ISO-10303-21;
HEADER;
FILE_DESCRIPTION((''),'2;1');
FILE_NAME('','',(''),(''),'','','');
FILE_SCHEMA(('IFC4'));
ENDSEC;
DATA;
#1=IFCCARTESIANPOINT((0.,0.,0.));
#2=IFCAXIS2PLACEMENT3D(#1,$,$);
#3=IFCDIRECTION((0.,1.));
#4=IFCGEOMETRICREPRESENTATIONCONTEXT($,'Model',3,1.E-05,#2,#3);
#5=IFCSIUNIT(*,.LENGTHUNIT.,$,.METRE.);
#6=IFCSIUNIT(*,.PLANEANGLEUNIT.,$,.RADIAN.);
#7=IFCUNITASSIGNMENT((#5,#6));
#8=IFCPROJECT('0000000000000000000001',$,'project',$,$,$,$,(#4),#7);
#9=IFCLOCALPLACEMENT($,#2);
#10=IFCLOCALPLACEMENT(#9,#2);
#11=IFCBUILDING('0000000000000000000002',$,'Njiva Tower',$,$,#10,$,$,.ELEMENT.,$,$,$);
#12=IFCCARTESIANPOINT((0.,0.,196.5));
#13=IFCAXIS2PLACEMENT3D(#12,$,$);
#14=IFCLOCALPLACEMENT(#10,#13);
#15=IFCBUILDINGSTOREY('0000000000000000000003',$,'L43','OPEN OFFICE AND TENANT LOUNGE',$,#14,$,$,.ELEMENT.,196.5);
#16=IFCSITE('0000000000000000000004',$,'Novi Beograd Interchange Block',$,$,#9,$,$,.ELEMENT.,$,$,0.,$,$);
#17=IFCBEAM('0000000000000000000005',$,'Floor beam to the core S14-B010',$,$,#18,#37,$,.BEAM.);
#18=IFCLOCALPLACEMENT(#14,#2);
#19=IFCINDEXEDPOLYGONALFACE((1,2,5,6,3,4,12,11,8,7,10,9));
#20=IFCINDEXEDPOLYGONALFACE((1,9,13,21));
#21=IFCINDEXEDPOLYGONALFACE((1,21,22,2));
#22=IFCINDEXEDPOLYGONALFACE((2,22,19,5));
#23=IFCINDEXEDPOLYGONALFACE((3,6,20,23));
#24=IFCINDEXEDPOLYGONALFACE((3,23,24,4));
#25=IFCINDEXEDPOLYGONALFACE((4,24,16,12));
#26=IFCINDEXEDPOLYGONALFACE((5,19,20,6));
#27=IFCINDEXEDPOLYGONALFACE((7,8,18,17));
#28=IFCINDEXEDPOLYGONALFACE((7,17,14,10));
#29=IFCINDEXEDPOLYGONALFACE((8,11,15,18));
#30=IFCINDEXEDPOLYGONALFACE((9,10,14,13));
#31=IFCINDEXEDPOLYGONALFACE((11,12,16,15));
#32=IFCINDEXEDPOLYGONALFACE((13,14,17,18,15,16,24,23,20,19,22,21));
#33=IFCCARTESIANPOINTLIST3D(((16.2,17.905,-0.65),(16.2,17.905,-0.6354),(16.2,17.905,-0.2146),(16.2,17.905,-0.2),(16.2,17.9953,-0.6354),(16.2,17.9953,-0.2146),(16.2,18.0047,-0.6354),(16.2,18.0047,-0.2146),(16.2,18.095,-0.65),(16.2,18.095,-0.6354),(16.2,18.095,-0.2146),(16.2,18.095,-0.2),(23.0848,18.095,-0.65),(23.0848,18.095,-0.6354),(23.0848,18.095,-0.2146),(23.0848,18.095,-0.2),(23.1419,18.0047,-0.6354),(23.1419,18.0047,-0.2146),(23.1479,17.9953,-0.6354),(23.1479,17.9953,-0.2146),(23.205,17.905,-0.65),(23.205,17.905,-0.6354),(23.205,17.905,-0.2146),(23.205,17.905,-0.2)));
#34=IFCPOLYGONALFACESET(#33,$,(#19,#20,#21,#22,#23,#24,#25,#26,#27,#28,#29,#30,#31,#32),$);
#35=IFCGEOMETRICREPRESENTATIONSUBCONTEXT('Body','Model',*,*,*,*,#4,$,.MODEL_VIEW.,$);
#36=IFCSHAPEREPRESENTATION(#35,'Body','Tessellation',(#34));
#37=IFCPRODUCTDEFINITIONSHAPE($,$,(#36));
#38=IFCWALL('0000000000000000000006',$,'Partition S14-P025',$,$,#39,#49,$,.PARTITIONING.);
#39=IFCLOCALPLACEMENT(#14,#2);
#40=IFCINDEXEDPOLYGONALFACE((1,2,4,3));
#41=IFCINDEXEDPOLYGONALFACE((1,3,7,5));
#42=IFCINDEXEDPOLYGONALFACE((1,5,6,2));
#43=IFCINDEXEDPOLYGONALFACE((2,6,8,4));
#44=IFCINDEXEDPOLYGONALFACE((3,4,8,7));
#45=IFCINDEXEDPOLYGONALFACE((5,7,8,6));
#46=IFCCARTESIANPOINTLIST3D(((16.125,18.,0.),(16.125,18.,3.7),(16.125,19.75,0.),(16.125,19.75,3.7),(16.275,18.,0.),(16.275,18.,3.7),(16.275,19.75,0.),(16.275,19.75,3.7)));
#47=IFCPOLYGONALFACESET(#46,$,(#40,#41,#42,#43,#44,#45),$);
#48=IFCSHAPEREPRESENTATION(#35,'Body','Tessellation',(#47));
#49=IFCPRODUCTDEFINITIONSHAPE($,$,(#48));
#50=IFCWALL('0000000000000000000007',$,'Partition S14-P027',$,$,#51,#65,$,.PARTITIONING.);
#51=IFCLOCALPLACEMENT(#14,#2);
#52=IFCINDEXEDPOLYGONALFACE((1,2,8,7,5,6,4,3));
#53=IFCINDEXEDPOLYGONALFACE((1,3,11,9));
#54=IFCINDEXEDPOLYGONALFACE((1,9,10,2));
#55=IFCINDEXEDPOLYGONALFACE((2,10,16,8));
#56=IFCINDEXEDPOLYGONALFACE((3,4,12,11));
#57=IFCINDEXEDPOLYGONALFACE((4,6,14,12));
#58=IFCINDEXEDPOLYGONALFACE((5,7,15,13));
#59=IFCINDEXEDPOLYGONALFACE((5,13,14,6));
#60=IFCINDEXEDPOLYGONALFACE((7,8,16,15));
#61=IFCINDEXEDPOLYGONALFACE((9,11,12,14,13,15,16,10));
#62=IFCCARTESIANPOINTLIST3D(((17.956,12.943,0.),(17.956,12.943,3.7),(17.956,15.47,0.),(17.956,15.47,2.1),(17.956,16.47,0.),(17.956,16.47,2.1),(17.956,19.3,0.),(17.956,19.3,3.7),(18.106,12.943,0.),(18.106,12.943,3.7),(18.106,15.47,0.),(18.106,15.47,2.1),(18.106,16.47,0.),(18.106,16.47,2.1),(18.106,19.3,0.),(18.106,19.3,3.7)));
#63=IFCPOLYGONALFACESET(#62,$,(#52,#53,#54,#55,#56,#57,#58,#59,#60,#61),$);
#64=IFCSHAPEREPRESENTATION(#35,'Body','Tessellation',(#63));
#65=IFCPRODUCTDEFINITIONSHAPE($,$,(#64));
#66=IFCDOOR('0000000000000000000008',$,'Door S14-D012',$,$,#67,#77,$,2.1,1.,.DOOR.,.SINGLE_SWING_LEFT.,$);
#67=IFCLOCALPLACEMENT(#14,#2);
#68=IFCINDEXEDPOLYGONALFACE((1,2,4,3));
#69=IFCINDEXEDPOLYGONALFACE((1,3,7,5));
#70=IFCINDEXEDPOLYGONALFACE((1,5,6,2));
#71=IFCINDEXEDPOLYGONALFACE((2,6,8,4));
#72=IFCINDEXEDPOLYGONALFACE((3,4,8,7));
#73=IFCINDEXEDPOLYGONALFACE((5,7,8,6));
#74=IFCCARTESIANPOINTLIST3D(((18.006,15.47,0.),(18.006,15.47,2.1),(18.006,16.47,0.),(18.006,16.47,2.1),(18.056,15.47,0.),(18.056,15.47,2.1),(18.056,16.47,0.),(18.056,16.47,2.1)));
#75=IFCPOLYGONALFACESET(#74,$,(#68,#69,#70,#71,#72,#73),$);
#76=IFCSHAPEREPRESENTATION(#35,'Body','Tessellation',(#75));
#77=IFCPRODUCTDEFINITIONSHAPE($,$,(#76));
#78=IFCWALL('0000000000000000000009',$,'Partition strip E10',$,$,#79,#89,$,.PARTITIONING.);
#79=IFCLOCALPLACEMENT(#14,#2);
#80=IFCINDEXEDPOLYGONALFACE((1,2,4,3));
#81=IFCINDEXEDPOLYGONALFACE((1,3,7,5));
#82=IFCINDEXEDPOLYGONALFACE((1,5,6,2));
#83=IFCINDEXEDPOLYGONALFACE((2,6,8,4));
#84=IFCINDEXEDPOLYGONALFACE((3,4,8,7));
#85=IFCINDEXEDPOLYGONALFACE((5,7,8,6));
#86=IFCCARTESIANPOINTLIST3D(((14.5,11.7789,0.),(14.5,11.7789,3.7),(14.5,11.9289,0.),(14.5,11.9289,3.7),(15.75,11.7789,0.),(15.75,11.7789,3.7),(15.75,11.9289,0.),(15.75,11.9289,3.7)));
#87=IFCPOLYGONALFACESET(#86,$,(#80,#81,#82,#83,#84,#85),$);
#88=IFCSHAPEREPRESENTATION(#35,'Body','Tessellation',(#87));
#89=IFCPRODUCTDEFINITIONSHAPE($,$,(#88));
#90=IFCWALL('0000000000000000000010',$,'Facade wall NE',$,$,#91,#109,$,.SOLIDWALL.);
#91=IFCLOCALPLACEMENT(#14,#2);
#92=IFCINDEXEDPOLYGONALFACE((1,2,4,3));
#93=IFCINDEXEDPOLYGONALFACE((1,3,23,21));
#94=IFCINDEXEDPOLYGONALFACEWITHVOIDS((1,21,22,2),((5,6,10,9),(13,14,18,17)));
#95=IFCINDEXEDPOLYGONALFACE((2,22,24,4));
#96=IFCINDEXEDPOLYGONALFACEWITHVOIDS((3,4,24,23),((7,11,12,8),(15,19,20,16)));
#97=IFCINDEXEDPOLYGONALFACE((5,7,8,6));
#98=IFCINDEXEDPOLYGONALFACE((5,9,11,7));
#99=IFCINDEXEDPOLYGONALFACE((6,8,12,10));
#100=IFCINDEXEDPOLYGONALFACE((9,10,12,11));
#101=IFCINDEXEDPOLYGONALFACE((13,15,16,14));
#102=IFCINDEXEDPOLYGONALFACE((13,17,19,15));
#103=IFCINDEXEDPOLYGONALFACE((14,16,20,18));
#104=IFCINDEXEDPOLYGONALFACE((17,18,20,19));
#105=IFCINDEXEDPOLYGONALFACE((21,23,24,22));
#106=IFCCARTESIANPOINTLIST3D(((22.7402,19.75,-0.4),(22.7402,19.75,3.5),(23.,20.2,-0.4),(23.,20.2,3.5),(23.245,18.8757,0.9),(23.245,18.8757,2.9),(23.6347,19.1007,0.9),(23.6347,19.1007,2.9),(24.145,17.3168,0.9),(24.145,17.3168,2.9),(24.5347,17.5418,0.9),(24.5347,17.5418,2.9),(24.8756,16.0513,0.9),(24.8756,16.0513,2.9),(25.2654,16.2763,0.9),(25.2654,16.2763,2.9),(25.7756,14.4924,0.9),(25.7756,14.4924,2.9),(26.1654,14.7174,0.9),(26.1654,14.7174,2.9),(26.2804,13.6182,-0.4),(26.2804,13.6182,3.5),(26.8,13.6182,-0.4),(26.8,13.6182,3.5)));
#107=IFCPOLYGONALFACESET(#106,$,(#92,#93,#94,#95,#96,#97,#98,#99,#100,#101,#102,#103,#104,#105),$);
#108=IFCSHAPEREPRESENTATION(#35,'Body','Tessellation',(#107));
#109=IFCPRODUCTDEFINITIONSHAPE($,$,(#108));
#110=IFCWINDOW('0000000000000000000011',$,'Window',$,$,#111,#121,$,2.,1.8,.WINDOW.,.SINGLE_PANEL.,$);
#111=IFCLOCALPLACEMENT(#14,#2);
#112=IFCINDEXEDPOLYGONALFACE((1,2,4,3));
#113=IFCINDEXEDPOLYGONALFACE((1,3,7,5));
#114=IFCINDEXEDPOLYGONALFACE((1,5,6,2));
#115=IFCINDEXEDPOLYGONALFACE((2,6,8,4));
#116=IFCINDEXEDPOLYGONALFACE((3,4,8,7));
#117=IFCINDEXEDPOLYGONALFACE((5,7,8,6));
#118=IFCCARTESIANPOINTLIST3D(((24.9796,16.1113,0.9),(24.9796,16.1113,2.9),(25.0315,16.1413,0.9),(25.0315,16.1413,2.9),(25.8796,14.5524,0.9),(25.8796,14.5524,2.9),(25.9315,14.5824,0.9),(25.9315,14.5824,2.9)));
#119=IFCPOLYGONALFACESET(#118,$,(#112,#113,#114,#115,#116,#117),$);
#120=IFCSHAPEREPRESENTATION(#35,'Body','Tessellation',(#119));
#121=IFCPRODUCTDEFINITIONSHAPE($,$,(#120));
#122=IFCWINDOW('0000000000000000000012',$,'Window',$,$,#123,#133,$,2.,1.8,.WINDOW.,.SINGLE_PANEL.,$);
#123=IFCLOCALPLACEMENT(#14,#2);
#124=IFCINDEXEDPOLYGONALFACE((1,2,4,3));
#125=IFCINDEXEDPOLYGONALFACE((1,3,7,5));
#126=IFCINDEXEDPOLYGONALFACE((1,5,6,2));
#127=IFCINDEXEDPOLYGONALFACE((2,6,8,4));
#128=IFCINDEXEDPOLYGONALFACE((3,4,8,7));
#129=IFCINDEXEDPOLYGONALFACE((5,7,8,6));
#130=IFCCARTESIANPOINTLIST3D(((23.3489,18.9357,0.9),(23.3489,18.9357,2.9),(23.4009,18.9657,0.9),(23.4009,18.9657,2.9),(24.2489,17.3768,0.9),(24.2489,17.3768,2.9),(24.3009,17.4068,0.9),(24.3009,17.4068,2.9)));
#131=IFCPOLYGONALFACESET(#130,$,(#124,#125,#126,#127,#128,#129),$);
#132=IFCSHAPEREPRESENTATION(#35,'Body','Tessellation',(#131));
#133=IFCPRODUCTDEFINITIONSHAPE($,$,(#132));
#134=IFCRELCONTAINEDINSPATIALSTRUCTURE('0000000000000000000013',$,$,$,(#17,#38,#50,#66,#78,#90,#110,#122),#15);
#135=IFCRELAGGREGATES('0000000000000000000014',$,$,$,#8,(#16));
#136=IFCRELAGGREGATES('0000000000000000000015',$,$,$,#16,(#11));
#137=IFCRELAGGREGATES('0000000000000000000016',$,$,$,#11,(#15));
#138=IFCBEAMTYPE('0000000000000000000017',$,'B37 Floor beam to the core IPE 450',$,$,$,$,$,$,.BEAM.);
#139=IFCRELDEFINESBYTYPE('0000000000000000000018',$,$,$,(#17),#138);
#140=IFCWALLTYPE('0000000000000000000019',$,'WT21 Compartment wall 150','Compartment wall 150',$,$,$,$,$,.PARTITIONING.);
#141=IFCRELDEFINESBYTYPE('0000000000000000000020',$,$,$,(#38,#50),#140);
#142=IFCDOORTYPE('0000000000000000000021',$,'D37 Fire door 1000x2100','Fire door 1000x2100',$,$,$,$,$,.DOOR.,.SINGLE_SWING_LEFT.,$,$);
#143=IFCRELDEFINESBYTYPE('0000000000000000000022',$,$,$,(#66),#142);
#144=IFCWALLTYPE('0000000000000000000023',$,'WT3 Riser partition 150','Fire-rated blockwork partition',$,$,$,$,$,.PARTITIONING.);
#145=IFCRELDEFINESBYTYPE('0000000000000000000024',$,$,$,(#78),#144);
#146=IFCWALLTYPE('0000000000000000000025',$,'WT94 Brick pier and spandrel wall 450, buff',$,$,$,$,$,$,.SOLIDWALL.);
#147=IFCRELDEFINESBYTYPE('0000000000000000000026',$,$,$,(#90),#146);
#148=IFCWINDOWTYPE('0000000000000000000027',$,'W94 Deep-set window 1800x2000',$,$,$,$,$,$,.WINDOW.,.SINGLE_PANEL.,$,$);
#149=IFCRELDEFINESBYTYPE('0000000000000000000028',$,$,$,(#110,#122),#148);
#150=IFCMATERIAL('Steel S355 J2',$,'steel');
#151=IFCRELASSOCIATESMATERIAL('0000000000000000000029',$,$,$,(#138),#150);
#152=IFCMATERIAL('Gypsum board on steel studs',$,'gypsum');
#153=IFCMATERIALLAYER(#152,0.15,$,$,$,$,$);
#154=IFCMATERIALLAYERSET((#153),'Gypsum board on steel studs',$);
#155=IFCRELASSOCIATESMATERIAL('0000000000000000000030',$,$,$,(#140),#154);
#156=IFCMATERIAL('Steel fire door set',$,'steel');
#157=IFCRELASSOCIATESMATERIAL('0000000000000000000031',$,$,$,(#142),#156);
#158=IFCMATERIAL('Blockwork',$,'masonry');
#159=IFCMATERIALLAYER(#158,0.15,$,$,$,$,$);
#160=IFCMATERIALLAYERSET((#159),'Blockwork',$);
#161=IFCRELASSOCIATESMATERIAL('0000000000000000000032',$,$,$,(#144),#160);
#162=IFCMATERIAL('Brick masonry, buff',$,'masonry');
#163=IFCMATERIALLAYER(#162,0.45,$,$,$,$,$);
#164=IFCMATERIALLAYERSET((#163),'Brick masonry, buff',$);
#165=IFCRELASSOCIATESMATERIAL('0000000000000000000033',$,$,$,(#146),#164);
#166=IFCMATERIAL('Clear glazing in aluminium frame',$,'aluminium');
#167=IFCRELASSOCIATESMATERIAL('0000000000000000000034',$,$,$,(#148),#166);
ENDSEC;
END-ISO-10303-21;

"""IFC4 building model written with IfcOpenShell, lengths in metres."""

from ifc_helpers import new_model, si_unit, direction, frame, frame_2d, origin, origin_2d, place, context, subcontext, project, spatial, polyline, rectangle, i_section, outline, extrude, clip, halfspace, material, layer, layer_set, material_profile, profile_set, type_object, element, fill, save


model = new_model("IFC4")

# Units and contexts
model_context = context("Model", 3, precision=1e-05, world=origin(), true_north=direction((0.0, 1.0)))
body_context = subcontext(model_context, "Body", "Model", "MODEL_VIEW")
ifc_project = project(units=[si_unit("LENGTHUNIT", "METRE"), si_unit("PLANEANGLEUNIT", "RADIAN")], contexts=[model_context])

# Site, building, storey
site_placement = place(None, origin())
site = spatial("IfcSite", under=ifc_project, at=site_placement, Name="Novi Beograd Interchange Block", CompositionType="ELEMENT", RefElevation=0.0)
building_placement = place(site_placement, origin())
building = spatial("IfcBuilding", under=site, at=building_placement, Name="Njiva Tower", CompositionType="ELEMENT")
storey_placement = place(building_placement, frame((0.0, 0.0, 196.5)))
storey = spatial("IfcBuildingStorey", under=building, at=storey_placement, Name="L43", Description="OPEN OFFICE AND TENANT LOUNGE", CompositionType="ELEMENT", Elevation=196.5)

# Shared definitions
ifc_material_1 = material(Name="Steel S355 J2", Category="steel")

# Beam
ifc_material_profile_1 = material_profile(ifc_material_1, i_section(OverallWidth=0.19, OverallDepth=0.45, WebThickness=0.0094, FlangeThickness=0.0146, at=origin_2d()), Name="IPE 450")
ifc_profile_set_1 = profile_set([ifc_material_profile_1], Name="Steel S355 J2")
beam_type_1 = type_object("IfcBeamType", Name="B37 Floor beam to the core IPE 450", PredefinedType="BEAM", material=ifc_profile_set_1)
beam_1_placement = place(storey_placement, frame((16.2, 18.0, -0.425), z_axis=(1.0, 0.0, 0.0), x_axis=(0.0, 1.0, 0.0)))
element("IfcBeam", 1, at=beam_1_placement, inside=storey, type_object=beam_type_1, Name="Floor beam to the core S14-B010", PredefinedType="BEAM", context=body_context, shape_type="Clipping", body=[
    clip(extrude(i_section(OverallWidth=0.19, OverallDepth=0.45, WebThickness=0.0094, FlangeThickness=0.0146, at=origin_2d()), origin(), (0.0, 0.0, 1.0), 7.025), halfspace(frame((0.0267, 0.0, 6.928), z_axis=(0.534902, 0.0, 0.844914), x_axis=(0.0, 1.0, 0.0)), False)),
])

# Wall
ifc_material_2 = material(Name="Gypsum board on steel studs", Category="gypsum")
ifc_layer_1 = layer(ifc_material_2, 0.15)
ifc_layer_set_1 = layer_set([ifc_layer_1], Name="Gypsum board on steel studs")
wall_type_1 = type_object("IfcWallType", Name="WT21 Compartment wall 150", Description="Compartment wall 150", PredefinedType="PARTITIONING", material=ifc_layer_set_1)
wall_1_placement = place(storey_placement, frame((16.2, 18.0, 0.0), z_axis=(0.0, 0.0, 1.0), x_axis=(0.0, 1.0, 0.0)))
element("IfcWall", 2, at=wall_1_placement, inside=storey, type_object=wall_type_1, Name="Partition S14-P025", PredefinedType="PARTITIONING", context=body_context, shape_type="SweptSolid", body=[
    extrude(rectangle(XDim=1.75, YDim=0.15, at=frame_2d((0.875, 0.0))), origin(), (0.0, 0.0, 1.0), 3.7),
])

# Wall, opening, door
wall_2_placement = place(storey_placement, frame((18.031, 12.943, 0.0), z_axis=(0.0, 0.0, 1.0), x_axis=(0.0, 1.0, 0.0)))
wall_2 = element("IfcWall", 3, at=wall_2_placement, inside=storey, type_object=wall_type_1, Name="Partition S14-P027", PredefinedType="PARTITIONING", context=body_context, shape_type="SweptSolid", body=[
    extrude(rectangle(XDim=6.357, YDim=0.15, at=frame_2d((3.1785, 0.0))), origin(), (0.0, 0.0, 1.0), 3.7),
])
opening_1_placement = place(wall_2_placement, frame((2.527, 0.0, 0.0)))
opening_1 = element("IfcOpeningElement", 4, at=opening_1_placement, cuts=wall_2, PredefinedType="OPENING", context=body_context, shape_type="SweptSolid", body=[
    extrude(rectangle(XDim=1.0, YDim=2.1, at=frame_2d((0.5, 1.05))), frame((0.0, 0.085, 0.0), z_axis=(0.0, -1.0, 0.0), x_axis=(1.0, 0.0, 0.0)), (0.0, 0.0, 1.0), 0.17),
])
ifc_material_3 = material(Name="Steel fire door set", Category="steel")
door_type = type_object("IfcDoorType", Name="D37 Fire door 1000x2100", Description="Fire door 1000x2100", OperationType="SINGLE_SWING_LEFT", PredefinedType="DOOR", material=ifc_material_3)
door_placement = place(opening_1_placement, origin())
door = element("IfcDoor", 5, at=door_placement, inside=storey, type_object=door_type, Name="Door S14-D012", OperationType="SINGLE_SWING_LEFT", OverallHeight=2.1, OverallWidth=1.0, PredefinedType="DOOR", context=body_context, shape_type="SweptSolid", body=[
    extrude(rectangle(XDim=1.0, YDim=2.1, at=frame_2d((0.5, 1.05))), frame((0.0, 0.025, 0.0), z_axis=(0.0, -1.0, 0.0), x_axis=(1.0, 0.0, 0.0)), (0.0, 0.0, 1.0), 0.05),
])
fill(opening_1, door)

# Wall
ifc_material_4 = material(Name="Blockwork", Category="masonry")
ifc_layer_2 = layer(ifc_material_4, 0.15)
ifc_layer_set_2 = layer_set([ifc_layer_2], Name="Blockwork")
wall_type_2 = type_object("IfcWallType", Name="WT3 Riser partition 150", Description="Fire-rated blockwork partition", PredefinedType="PARTITIONING", material=ifc_layer_set_2)
wall_3_placement = place(storey_placement, frame((14.5, 11.8539, 0.0), z_axis=(0.0, 0.0, 1.0), x_axis=(1.0, 0.0, 0.0)))
element("IfcWall", 6, at=wall_3_placement, inside=storey, type_object=wall_type_2, Name="Partition strip E10", PredefinedType="PARTITIONING", context=body_context, shape_type="SweptSolid", body=[
    extrude(rectangle(XDim=1.25, YDim=0.15, at=frame_2d((0.625, 0.0))), origin(), (0.0, 0.0, 1.0), 3.7),
])

# Wall, openings, windows
ifc_material_5 = material(Name="Clear glazing in aluminium frame", Category="aluminium")
ifc_material_6 = material(Name="Brick masonry, buff", Category="masonry")
ifc_layer_3 = layer(ifc_material_6, 0.45)
ifc_layer_set_3 = layer_set([ifc_layer_3], Name="Brick masonry, buff")
wall_type_3 = type_object("IfcWallType", Name="WT94 Brick pier and spandrel wall 450, buff", PredefinedType="SOLIDWALL", material=ifc_layer_set_3)
wall_4_placement = place(storey_placement, frame((26.5402, 13.6182, -0.4), z_axis=(0.0, 0.0, 1.0), x_axis=(-0.5, 0.866025, 0.0)))
wall_4 = element("IfcWall", 7, at=wall_4_placement, inside=storey, type_object=wall_type_3, Name="Facade wall NE", PredefinedType="SOLIDWALL", context=body_context, shape_type="SweptSolid", body=[
    extrude(outline(polyline([(-0.1299, -0.225), (7.4701, -0.225), (7.2103, 0.225), (0.1299, 0.225), (-0.1299, -0.225)])), origin(), (0.0, 0.0, 1.0), 3.9),
])
opening_2_placement = place(wall_4_placement, frame((1.1394, 0.0, 1.3)))
opening_2 = element("IfcOpeningElement", 8, at=opening_2_placement, cuts=wall_4, PredefinedType="OPENING", context=body_context, shape_type="SweptSolid", body=[
    extrude(rectangle(XDim=1.8, YDim=2.0, at=frame_2d((0.9, 1.0))), frame((0.0, 0.235, 0.0), z_axis=(0.0, -1.0, 0.0), x_axis=(1.0, 0.0, 0.0)), (0.0, 0.0, 1.0), 0.47),
])
opening_3_placement = place(wall_4_placement, frame((4.4007, 0.0, 1.3)))
opening_3 = element("IfcOpeningElement", 9, at=opening_3_placement, cuts=wall_4, PredefinedType="OPENING", context=body_context, shape_type="SweptSolid", body=[
    extrude(rectangle(XDim=1.8, YDim=2.0, at=frame_2d((0.9, 1.0))), frame((0.0, 0.235, 0.0), z_axis=(0.0, -1.0, 0.0), x_axis=(1.0, 0.0, 0.0)), (0.0, 0.0, 1.0), 0.47),
])
window_type_1 = type_object("IfcWindowType", Name="W94 Deep-set window 1800x2000", PartitioningType="SINGLE_PANEL", PredefinedType="WINDOW", material=ifc_material_5)
window_1_placement = place(opening_2_placement, origin())
window_1 = element("IfcWindow", 10, at=window_1_placement, inside=storey, type_object=window_type_1, Name="Window", OverallHeight=2.0, OverallWidth=1.8, PartitioningType="SINGLE_PANEL", PredefinedType="WINDOW", context=body_context, shape_type="SweptSolid", body=[
    extrude(rectangle(XDim=1.8, YDim=2.0, at=frame_2d((0.9, 1.0))), frame((0.0, 0.105, 0.0), z_axis=(0.0, -1.0, 0.0), x_axis=(1.0, 0.0, 0.0)), (0.0, 0.0, 1.0), 0.06),
])
fill(opening_2, window_1)
window_2_placement = place(opening_3_placement, origin())
window_2 = element("IfcWindow", 11, at=window_2_placement, inside=storey, type_object=window_type_1, Name="Window", OverallHeight=2.0, OverallWidth=1.8, PartitioningType="SINGLE_PANEL", PredefinedType="WINDOW", context=body_context, shape_type="SweptSolid", body=[
    extrude(rectangle(XDim=1.8, YDim=2.0, at=frame_2d((0.9, 1.0))), frame((0.0, 0.105, 0.0), z_axis=(0.0, -1.0, 0.0), x_axis=(1.0, 0.0, 0.0)), (0.0, 0.0, 1.0), 0.06),
])
fill(opening_3, window_2)

save(model, "model.ifc")
